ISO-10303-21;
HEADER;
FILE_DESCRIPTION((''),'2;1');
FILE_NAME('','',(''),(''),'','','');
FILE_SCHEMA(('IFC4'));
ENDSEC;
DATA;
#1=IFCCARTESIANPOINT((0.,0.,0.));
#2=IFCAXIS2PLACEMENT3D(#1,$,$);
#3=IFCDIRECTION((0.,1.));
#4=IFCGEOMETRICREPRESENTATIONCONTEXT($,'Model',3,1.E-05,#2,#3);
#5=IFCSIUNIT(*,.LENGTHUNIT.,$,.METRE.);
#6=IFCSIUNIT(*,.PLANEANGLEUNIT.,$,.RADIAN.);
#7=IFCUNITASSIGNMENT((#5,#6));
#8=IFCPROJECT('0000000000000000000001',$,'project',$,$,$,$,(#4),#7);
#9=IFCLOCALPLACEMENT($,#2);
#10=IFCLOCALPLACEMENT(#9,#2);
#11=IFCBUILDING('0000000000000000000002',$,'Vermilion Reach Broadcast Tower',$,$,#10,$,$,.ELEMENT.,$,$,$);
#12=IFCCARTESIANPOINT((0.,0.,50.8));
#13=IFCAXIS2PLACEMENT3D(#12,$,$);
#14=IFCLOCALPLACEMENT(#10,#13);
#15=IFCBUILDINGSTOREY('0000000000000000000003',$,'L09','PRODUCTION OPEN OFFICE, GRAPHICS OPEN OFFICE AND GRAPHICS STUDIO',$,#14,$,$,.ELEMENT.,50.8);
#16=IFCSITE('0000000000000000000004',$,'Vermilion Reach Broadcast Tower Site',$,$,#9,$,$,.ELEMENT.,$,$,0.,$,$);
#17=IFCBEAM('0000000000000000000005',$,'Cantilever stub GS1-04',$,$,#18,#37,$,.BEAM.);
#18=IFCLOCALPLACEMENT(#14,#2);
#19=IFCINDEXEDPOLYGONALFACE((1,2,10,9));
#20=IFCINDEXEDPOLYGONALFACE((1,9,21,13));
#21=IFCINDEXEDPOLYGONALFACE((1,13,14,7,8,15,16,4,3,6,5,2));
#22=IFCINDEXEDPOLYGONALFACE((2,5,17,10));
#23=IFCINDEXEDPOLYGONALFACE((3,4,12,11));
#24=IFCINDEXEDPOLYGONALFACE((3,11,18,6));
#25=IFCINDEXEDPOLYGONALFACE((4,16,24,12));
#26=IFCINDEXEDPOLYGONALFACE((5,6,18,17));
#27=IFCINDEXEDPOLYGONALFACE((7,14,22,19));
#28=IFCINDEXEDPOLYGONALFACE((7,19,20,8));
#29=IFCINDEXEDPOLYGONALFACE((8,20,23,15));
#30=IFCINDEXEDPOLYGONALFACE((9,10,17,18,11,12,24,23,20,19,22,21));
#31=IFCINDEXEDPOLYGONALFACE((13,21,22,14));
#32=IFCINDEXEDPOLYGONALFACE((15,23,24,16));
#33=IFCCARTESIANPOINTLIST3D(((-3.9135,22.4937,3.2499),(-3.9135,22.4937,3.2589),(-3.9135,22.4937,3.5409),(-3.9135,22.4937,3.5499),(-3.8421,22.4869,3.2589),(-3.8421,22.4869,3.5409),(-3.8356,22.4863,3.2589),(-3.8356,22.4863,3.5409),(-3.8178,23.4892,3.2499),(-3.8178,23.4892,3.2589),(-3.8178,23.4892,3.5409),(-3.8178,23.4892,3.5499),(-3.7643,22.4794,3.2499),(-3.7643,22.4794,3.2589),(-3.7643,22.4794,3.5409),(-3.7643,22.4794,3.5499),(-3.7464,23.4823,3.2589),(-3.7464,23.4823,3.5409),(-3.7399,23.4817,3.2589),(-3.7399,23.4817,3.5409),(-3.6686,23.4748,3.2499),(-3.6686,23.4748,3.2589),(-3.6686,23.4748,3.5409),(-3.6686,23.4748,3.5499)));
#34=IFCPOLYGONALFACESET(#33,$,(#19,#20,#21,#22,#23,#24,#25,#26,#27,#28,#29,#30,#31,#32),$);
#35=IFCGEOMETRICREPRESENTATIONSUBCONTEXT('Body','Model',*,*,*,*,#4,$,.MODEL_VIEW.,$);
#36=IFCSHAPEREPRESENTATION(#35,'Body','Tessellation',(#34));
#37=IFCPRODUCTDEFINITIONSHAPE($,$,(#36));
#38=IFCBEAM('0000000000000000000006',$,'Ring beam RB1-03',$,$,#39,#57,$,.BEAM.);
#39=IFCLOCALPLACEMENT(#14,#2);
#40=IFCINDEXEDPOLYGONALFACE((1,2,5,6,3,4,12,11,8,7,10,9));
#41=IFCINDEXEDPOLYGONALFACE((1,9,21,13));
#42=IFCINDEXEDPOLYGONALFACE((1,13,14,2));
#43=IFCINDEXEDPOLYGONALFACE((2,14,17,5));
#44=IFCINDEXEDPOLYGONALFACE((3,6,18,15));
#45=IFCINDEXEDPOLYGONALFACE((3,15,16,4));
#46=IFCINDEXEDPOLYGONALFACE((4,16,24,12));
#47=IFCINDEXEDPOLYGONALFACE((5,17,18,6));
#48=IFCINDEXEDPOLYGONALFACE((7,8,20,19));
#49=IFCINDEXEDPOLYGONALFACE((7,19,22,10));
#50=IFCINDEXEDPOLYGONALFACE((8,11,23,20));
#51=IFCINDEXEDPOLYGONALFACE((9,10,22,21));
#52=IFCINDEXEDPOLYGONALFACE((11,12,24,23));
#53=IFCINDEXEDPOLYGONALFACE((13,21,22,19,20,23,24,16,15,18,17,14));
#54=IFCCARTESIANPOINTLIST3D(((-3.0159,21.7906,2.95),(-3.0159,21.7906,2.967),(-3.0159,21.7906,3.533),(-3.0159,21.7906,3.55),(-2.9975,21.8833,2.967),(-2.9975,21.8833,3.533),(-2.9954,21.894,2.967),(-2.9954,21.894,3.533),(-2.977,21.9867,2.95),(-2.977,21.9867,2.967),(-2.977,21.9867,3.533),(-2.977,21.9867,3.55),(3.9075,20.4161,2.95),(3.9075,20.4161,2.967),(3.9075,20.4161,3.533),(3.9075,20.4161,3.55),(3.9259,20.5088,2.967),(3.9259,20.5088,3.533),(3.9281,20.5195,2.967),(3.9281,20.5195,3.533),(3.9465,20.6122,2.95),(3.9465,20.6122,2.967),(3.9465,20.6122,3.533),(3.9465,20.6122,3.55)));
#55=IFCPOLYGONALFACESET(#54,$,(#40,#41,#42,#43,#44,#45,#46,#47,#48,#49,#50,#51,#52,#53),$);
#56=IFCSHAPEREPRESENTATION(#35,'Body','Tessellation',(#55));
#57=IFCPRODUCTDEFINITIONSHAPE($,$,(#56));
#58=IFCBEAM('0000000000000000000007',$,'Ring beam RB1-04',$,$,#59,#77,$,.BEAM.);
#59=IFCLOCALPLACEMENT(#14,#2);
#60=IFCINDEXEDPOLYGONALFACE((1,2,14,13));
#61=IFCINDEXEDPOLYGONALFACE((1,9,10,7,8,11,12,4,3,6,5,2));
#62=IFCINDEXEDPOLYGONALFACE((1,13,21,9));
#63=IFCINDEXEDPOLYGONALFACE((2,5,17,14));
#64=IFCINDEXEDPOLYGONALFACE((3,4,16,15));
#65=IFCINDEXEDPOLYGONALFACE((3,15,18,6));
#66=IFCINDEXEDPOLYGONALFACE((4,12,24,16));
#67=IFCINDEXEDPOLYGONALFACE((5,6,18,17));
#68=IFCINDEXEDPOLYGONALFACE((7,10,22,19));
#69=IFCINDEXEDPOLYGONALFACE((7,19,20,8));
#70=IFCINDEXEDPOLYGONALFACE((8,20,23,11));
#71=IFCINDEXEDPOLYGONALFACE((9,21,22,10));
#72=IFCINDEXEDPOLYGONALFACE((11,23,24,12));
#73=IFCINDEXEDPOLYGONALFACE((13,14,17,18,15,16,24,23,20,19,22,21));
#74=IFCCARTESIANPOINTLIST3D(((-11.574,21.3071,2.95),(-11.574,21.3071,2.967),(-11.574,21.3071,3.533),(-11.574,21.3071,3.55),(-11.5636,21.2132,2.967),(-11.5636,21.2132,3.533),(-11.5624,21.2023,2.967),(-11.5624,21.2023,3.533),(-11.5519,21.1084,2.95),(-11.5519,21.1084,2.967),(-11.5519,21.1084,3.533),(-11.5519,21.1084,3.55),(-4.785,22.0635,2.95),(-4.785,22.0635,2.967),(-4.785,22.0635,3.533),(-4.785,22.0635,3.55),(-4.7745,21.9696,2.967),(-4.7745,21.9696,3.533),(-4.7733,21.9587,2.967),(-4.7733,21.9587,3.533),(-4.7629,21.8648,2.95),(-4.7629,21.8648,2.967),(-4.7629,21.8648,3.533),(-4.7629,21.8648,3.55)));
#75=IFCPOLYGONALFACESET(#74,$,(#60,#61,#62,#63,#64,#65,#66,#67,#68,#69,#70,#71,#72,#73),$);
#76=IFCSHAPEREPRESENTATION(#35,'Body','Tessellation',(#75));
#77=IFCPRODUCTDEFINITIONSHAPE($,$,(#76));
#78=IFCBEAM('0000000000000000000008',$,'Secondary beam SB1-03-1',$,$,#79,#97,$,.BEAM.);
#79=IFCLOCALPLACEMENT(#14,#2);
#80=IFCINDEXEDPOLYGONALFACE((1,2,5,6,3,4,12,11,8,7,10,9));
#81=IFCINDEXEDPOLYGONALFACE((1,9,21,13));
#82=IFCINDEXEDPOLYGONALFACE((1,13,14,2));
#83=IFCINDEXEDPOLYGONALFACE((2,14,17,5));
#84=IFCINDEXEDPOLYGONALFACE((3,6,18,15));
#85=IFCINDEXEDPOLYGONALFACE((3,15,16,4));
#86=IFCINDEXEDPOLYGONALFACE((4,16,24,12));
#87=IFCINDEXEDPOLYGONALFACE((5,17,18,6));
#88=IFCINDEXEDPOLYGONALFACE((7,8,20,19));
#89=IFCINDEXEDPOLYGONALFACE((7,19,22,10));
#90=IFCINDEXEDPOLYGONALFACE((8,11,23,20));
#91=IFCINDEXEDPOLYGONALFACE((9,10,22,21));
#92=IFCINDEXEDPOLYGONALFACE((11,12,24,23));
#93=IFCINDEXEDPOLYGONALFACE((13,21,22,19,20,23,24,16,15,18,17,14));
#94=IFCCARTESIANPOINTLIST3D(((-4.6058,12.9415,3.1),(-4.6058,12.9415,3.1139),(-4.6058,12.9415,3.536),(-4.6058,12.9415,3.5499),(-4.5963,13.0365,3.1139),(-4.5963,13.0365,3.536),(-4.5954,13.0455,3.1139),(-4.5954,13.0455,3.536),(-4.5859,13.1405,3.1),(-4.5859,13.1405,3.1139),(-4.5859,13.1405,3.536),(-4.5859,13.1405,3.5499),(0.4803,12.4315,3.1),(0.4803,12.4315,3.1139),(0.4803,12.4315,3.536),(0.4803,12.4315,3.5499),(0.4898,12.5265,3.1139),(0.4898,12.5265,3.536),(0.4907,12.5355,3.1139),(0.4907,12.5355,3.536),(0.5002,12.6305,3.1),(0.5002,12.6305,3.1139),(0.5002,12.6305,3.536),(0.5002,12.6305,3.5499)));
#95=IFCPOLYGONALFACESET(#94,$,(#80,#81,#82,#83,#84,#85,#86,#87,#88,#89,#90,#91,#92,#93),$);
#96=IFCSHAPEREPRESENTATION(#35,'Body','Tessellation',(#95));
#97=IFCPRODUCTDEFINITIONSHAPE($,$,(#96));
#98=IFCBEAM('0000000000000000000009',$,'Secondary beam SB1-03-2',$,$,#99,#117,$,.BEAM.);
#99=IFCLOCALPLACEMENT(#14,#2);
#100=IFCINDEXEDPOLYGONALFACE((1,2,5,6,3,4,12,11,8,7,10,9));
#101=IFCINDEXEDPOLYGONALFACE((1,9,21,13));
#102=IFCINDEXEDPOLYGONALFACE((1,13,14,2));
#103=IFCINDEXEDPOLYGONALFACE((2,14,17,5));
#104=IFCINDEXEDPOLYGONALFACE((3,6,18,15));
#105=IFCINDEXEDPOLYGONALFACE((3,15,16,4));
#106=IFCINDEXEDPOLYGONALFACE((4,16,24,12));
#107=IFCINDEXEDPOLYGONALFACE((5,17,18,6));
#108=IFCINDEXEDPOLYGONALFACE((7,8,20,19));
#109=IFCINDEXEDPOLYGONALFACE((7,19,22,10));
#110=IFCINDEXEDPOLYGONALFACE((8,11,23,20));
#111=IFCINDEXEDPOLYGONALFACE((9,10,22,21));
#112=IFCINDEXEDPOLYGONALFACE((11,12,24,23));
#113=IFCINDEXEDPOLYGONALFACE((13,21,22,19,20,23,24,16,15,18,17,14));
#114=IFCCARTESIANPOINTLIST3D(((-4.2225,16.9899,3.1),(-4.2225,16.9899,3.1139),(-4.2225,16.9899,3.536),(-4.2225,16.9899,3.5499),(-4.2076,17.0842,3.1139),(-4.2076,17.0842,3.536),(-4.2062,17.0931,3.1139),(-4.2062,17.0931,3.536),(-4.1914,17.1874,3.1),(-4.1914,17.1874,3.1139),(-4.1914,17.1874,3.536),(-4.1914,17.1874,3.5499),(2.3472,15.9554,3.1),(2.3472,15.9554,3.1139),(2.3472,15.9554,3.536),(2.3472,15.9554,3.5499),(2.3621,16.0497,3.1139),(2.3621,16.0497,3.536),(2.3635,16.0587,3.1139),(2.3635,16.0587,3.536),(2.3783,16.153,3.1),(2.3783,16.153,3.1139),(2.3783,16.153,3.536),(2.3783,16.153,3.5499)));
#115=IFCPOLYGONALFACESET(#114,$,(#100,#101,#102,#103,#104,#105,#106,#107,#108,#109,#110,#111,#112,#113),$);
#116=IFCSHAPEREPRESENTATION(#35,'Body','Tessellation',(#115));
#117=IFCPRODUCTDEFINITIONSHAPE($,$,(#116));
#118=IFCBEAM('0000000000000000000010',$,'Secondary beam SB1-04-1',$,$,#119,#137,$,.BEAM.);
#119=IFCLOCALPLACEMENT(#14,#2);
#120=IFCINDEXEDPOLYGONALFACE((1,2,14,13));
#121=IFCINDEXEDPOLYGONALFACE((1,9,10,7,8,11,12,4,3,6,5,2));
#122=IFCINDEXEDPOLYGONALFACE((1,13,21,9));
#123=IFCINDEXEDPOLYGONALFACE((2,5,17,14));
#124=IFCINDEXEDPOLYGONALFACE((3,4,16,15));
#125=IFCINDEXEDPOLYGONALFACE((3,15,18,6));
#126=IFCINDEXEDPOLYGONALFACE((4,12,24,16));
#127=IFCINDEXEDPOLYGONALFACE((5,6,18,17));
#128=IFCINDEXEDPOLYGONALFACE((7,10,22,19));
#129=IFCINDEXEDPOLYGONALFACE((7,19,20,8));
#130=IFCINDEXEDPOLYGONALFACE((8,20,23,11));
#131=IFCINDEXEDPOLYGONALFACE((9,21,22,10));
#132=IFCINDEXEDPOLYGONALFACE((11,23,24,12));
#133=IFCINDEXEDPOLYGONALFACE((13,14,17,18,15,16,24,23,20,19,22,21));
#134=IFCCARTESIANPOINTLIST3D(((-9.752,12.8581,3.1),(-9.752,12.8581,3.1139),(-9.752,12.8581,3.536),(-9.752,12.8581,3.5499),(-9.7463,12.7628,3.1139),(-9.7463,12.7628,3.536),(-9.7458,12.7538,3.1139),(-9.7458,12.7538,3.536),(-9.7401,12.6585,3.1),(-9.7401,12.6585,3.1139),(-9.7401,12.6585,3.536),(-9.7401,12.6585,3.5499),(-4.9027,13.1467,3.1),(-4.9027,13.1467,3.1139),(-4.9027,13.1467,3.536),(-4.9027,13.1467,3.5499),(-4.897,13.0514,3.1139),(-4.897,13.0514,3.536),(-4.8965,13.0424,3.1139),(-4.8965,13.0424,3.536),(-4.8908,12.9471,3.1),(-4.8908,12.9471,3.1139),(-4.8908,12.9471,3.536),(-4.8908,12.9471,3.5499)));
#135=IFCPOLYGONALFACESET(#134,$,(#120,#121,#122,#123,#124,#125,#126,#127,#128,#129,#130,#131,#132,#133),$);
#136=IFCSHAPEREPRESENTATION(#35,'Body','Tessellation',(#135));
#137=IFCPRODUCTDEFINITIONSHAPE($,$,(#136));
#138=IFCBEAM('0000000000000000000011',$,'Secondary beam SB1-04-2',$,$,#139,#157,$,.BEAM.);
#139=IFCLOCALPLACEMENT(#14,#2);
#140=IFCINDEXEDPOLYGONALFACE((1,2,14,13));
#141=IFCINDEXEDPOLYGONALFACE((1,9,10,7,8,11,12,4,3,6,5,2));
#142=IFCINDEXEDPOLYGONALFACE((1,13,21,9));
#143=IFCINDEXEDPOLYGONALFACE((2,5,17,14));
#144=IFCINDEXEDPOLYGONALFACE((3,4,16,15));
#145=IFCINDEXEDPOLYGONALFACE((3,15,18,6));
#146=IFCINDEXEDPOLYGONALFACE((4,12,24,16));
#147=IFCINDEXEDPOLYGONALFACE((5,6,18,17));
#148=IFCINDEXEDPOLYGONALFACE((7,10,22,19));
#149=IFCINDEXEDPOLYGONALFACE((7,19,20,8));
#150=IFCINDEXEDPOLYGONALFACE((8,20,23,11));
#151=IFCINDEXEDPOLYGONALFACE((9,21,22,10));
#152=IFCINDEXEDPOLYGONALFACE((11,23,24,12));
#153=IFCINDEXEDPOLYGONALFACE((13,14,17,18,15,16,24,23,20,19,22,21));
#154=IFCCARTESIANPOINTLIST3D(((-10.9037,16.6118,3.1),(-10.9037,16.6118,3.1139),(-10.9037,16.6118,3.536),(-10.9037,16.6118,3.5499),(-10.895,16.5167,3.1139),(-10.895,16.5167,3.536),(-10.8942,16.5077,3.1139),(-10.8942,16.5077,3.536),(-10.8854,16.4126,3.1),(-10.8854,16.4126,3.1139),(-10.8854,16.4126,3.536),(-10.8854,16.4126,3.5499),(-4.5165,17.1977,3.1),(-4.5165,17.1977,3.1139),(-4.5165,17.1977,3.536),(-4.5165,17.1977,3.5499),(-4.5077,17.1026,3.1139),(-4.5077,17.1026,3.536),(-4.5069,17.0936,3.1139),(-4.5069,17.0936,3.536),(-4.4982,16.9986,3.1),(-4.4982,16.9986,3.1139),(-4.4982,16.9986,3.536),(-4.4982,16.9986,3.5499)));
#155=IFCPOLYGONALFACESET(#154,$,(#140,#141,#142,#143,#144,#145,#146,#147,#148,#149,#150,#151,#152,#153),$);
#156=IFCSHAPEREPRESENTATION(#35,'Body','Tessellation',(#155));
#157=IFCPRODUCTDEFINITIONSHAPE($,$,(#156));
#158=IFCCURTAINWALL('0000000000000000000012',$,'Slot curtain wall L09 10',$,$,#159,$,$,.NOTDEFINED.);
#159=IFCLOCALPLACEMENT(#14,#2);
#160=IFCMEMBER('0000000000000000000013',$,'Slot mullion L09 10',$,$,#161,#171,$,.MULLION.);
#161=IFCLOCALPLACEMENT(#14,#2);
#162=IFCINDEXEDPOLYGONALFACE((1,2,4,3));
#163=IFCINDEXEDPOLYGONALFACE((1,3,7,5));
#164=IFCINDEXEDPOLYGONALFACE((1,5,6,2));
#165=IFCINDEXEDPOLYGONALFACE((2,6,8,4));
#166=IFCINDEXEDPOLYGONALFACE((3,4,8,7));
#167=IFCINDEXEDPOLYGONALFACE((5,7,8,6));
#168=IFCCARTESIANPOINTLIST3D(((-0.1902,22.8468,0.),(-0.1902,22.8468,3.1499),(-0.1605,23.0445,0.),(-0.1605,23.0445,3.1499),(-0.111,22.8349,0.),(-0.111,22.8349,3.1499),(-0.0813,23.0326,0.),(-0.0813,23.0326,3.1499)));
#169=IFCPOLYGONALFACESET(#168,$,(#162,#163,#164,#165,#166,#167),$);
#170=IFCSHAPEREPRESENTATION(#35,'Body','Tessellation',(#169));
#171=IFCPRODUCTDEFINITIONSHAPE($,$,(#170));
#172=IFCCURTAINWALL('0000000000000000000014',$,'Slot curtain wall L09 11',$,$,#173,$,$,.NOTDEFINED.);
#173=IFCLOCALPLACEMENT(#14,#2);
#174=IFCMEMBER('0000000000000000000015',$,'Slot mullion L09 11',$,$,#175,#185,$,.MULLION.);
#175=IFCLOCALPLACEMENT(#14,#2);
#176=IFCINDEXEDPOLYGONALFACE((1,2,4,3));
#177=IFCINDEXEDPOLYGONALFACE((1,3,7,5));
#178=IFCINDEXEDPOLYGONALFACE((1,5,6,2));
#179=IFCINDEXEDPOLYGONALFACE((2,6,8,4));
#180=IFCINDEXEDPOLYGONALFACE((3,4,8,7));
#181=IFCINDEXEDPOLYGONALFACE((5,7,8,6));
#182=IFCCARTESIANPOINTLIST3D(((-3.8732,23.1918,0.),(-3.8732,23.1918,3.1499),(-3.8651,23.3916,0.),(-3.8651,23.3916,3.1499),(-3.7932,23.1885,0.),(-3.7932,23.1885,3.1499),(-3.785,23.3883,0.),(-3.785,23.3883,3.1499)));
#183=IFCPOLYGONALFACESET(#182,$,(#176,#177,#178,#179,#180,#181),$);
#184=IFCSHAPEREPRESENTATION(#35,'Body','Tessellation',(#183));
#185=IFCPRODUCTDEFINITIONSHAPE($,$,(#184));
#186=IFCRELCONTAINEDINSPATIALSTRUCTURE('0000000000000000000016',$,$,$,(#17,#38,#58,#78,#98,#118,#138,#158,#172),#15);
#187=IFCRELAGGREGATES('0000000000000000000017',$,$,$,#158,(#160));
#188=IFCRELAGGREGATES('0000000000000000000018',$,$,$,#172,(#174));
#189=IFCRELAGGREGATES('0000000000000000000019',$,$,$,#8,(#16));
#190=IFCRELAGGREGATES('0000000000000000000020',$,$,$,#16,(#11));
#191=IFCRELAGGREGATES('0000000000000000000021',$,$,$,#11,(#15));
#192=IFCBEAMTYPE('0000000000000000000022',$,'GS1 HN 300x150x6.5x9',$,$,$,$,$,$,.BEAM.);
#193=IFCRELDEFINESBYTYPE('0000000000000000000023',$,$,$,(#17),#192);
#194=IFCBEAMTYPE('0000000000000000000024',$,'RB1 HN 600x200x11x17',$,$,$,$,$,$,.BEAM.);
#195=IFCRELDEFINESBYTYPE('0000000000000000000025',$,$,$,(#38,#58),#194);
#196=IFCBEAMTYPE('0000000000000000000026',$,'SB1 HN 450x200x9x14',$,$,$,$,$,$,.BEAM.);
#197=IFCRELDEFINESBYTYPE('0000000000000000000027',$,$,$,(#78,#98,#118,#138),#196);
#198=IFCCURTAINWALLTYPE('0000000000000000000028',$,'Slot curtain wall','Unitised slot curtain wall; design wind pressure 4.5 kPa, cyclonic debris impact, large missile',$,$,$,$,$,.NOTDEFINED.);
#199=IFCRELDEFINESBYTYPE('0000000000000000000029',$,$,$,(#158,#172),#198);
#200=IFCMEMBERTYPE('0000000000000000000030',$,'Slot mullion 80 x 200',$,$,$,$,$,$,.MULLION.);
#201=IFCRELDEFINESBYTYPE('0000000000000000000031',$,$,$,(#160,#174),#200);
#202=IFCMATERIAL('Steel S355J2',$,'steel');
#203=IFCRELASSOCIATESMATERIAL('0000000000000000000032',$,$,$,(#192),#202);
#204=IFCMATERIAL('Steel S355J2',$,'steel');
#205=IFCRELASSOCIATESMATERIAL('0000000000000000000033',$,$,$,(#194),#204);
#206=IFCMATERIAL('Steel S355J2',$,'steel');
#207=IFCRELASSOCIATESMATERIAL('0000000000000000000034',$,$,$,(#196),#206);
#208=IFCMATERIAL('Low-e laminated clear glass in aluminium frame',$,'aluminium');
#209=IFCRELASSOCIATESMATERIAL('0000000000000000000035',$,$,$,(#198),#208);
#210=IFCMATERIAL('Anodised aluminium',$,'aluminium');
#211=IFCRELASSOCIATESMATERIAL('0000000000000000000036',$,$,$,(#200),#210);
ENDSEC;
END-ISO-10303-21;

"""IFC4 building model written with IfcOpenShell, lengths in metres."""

from ifc_helpers import new_model, si_unit, direction, frame, origin, origin_2d, place, context, subcontext, project, spatial, rectangle, i_section, extrude, material, material_profile, profile_set, type_object, element, aggregate, save


model = new_model("IFC4")

# Units and contexts
model_context = context("Model", 3, precision=1e-05, world=origin(), true_north=direction((0.0, 1.0)))
body_context = subcontext(model_context, "Body", "Model", "MODEL_VIEW")
ifc_project = project(units=[si_unit("LENGTHUNIT", "METRE"), si_unit("PLANEANGLEUNIT", "RADIAN")], contexts=[model_context])

# Site, building, storey
site_placement = place(None, origin())
site = spatial("IfcSite", under=ifc_project, at=site_placement, Name="Vermilion Reach Broadcast Tower Site", CompositionType="ELEMENT", RefElevation=0.0)
building_placement = place(site_placement, origin())
building = spatial("IfcBuilding", under=site, at=building_placement, Name="Vermilion Reach Broadcast Tower", CompositionType="ELEMENT")
storey_placement = place(building_placement, frame((0.0, 0.0, 50.8)))
storey = spatial("IfcBuildingStorey", under=building, at=storey_placement, Name="L09", Description="PRODUCTION OPEN OFFICE, GRAPHICS OPEN OFFICE AND GRAPHICS STUDIO", CompositionType="ELEMENT", Elevation=50.8)

# Beams
ifc_material_1 = material(Name="Steel S355J2", Category="steel")
ifc_material_profile_1 = material_profile(ifc_material_1, i_section(OverallWidth=0.1499, OverallDepth=0.3, WebThickness=0.0066, FlangeThickness=0.009, at=origin_2d()), Name="S355J2 HN 300x150x6.5x9")
ifc_profile_set_1 = profile_set([ifc_material_profile_1], Name="Steel S355J2")
beam_type_1 = type_object("IfcBeamType", Name="GS1 HN 300x150x6.5x9", PredefinedType="BEAM", material=ifc_profile_set_1)
beam_1_placement = place(storey_placement, frame((-3.8389, 22.4866, 3.3999), z_axis=(0.095708, 0.995409, 0.0), x_axis=(-0.995409, 0.095708, 0.0)))
element("IfcBeam", 1, at=beam_1_placement, inside=storey, type_object=beam_type_1, Name="Cantilever stub GS1-04", PredefinedType="BEAM", context=body_context, shape_type="SweptSolid", body=[
    extrude(i_section(OverallWidth=0.1499, OverallDepth=0.3, WebThickness=0.0066, FlangeThickness=0.009, at=origin_2d()), origin(), (0.0, 0.0, 1.0), 1.0),
])
ifc_material_2 = material(Name="Steel S355J2", Category="steel")
ifc_material_profile_2 = material_profile(ifc_material_2, i_section(OverallWidth=0.2, OverallDepth=0.6001, WebThickness=0.011, FlangeThickness=0.0171, at=origin_2d()), Name="S355J2 HN 600x200x11x17")
ifc_profile_set_2 = profile_set([ifc_material_profile_2], Name="Steel S355J2")
beam_type_2 = type_object("IfcBeamType", Name="RB1 HN 600x200x11x17", PredefinedType="BEAM", material=ifc_profile_set_2)
beam_2_placement = place(storey_placement, frame((3.927, 20.5142, 3.25), z_axis=(-0.980858, 0.194726, 0.0), x_axis=(-0.194726, -0.980858, 0.0)))
element("IfcBeam", 2, at=beam_2_placement, inside=storey, type_object=beam_type_2, Name="Ring beam RB1-03", PredefinedType="BEAM", context=body_context, shape_type="SweptSolid", body=[
    extrude(i_section(OverallWidth=0.2, OverallDepth=0.6001, WebThickness=0.011, FlangeThickness=0.0171, at=origin_2d()), origin(), (0.0, 0.0, 1.0), 7.0586),
])
beam_3_placement = place(storey_placement, frame((-4.7739, 21.9641, 3.25), z_axis=(-0.993851, -0.110722, 0.0), x_axis=(0.110722, -0.993851, 0.0)))
element("IfcBeam", 3, at=beam_3_placement, inside=storey, type_object=beam_type_2, Name="Ring beam RB1-04", PredefinedType="BEAM", context=body_context, shape_type="SweptSolid", body=[
    extrude(i_section(OverallWidth=0.2, OverallDepth=0.6001, WebThickness=0.011, FlangeThickness=0.0171, at=origin_2d()), origin(), (0.0, 0.0, 1.0), 6.8311),
])
ifc_material_3 = material(Name="Steel S355J2", Category="steel")
ifc_material_profile_3 = material_profile(ifc_material_3, i_section(OverallWidth=0.2, OverallDepth=0.45, WebThickness=0.009, FlangeThickness=0.0139, at=origin_2d()), Name="S355J2 HN 450x200x9x14")
ifc_profile_set_3 = profile_set([ifc_material_profile_3], Name="Steel S355J2")
beam_type_3 = type_object("IfcBeamType", Name="SB1 HN 450x200x9x14", PredefinedType="BEAM", material=ifc_profile_set_3)
beam_4_placement = place(storey_placement, frame((0.4902, 12.531, 3.325), z_axis=(-0.99501, 0.099773, 0.0), x_axis=(-0.099773, -0.99501, 0.0)))
element("IfcBeam", 4, at=beam_4_placement, inside=storey, type_object=beam_type_3, Name="Secondary beam SB1-03-1", PredefinedType="BEAM", context=body_context, shape_type="SweptSolid", body=[
    extrude(i_section(OverallWidth=0.2, OverallDepth=0.45, WebThickness=0.009, FlangeThickness=0.0139, at=origin_2d()), origin(), (0.0, 0.0, 1.0), 5.1116),
])
beam_5_placement = place(storey_placement, frame((2.3628, 16.0542, 3.325), z_axis=(-0.98783, 0.15554, 0.0), x_axis=(-0.15554, -0.98783, 0.0)))
element("IfcBeam", 5, at=beam_5_placement, inside=storey, type_object=beam_type_3, Name="Secondary beam SB1-03-2", PredefinedType="BEAM", context=body_context, shape_type="SweptSolid", body=[
    extrude(i_section(OverallWidth=0.2, OverallDepth=0.45, WebThickness=0.009, FlangeThickness=0.0139, at=origin_2d()), origin(), (0.0, 0.0, 1.0), 6.6506),
])
beam_6_placement = place(storey_placement, frame((-4.8967, 13.0469, 3.325), z_axis=(-0.998234, -0.059403, 0.0), x_axis=(0.059403, -0.998234, 0.0)))
element("IfcBeam", 6, at=beam_6_placement, inside=storey, type_object=beam_type_3, Name="Secondary beam SB1-04-1", PredefinedType="BEAM", context=body_context, shape_type="SweptSolid", body=[
    extrude(i_section(OverallWidth=0.2, OverallDepth=0.45, WebThickness=0.009, FlangeThickness=0.0139, at=origin_2d()), origin(), (0.0, 0.0, 1.0), 4.8579),
])
beam_7_placement = place(storey_placement, frame((-4.5073, 17.0981, 3.325), z_axis=(-0.995819, -0.091353, 0.0), x_axis=(0.091353, -0.995819, 0.0)))
element("IfcBeam", 7, at=beam_7_placement, inside=storey, type_object=beam_type_3, Name="Secondary beam SB1-04-2", PredefinedType="BEAM", context=body_context, shape_type="SweptSolid", body=[
    extrude(i_section(OverallWidth=0.2, OverallDepth=0.45, WebThickness=0.009, FlangeThickness=0.0139, at=origin_2d()), origin(), (0.0, 0.0, 1.0), 6.4141),
])

# Curtain walls, members
ifc_material_4 = material(Name="Low-e laminated clear glass in aluminium frame", Category="aluminium")
curtain_wall_type = type_object("IfcCurtainWallType", Name="Slot curtain wall", Description="Unitised slot curtain wall; design wind pressure 4.5 kPa, cyclonic debris impact, large missile", PredefinedType="NOTDEFINED", material=ifc_material_4)
placement_1 = place(storey_placement, origin())
curtain_wall_1 = element("IfcCurtainWall", 8, at=placement_1, inside=storey, type_object=curtain_wall_type, Name="Slot curtain wall L09 10", PredefinedType="NOTDEFINED")
ifc_material_5 = material(Name="Anodised aluminium", Category="aluminium")
ifc_material_profile_4 = material_profile(ifc_material_5, rectangle(XDim=0.2, YDim=0.0801, at=origin_2d()), Name="Slot mullion 80 x 200")
ifc_profile_set_4 = profile_set([ifc_material_profile_4], Name="Anodised aluminium")
member_type_1 = type_object("IfcMemberType", Name="Slot mullion 80 x 200", PredefinedType="MULLION", material=ifc_profile_set_4)
member_1_placement = place(storey_placement, frame((-0.1357, 22.9397, 0.0), z_axis=(0.0, 0.0, 1.0), x_axis=(-0.148862, -0.988858, 0.0)))
member_1 = element("IfcMember", 9, at=member_1_placement, type_object=member_type_1, Name="Slot mullion L09 10", PredefinedType="MULLION", context=body_context, shape_type="SweptSolid", body=[
    extrude(rectangle(XDim=0.2, YDim=0.0801, at=origin_2d()), origin(), (0.0, 0.0, 1.0), 3.1499),
])
curtain_wall_2 = element("IfcCurtainWall", 10, at=placement_1, inside=storey, type_object=curtain_wall_type, Name="Slot curtain wall L09 11", PredefinedType="NOTDEFINED")
member_2_placement = place(storey_placement, frame((-3.8291, 23.29, 0.0), z_axis=(0.0, 0.0, 1.0), x_axis=(-0.040584, -0.999176, 0.0)))
member_2 = element("IfcMember", 11, at=member_2_placement, type_object=member_type_1, Name="Slot mullion L09 11", PredefinedType="MULLION", context=body_context, shape_type="SweptSolid", body=[
    extrude(rectangle(XDim=0.2, YDim=0.0801, at=origin_2d()), origin(), (0.0, 0.0, 1.0), 3.1499),
])

aggregate(curtain_wall_1, [member_1])
aggregate(curtain_wall_2, [member_2])

save(model, "model.ifc")
